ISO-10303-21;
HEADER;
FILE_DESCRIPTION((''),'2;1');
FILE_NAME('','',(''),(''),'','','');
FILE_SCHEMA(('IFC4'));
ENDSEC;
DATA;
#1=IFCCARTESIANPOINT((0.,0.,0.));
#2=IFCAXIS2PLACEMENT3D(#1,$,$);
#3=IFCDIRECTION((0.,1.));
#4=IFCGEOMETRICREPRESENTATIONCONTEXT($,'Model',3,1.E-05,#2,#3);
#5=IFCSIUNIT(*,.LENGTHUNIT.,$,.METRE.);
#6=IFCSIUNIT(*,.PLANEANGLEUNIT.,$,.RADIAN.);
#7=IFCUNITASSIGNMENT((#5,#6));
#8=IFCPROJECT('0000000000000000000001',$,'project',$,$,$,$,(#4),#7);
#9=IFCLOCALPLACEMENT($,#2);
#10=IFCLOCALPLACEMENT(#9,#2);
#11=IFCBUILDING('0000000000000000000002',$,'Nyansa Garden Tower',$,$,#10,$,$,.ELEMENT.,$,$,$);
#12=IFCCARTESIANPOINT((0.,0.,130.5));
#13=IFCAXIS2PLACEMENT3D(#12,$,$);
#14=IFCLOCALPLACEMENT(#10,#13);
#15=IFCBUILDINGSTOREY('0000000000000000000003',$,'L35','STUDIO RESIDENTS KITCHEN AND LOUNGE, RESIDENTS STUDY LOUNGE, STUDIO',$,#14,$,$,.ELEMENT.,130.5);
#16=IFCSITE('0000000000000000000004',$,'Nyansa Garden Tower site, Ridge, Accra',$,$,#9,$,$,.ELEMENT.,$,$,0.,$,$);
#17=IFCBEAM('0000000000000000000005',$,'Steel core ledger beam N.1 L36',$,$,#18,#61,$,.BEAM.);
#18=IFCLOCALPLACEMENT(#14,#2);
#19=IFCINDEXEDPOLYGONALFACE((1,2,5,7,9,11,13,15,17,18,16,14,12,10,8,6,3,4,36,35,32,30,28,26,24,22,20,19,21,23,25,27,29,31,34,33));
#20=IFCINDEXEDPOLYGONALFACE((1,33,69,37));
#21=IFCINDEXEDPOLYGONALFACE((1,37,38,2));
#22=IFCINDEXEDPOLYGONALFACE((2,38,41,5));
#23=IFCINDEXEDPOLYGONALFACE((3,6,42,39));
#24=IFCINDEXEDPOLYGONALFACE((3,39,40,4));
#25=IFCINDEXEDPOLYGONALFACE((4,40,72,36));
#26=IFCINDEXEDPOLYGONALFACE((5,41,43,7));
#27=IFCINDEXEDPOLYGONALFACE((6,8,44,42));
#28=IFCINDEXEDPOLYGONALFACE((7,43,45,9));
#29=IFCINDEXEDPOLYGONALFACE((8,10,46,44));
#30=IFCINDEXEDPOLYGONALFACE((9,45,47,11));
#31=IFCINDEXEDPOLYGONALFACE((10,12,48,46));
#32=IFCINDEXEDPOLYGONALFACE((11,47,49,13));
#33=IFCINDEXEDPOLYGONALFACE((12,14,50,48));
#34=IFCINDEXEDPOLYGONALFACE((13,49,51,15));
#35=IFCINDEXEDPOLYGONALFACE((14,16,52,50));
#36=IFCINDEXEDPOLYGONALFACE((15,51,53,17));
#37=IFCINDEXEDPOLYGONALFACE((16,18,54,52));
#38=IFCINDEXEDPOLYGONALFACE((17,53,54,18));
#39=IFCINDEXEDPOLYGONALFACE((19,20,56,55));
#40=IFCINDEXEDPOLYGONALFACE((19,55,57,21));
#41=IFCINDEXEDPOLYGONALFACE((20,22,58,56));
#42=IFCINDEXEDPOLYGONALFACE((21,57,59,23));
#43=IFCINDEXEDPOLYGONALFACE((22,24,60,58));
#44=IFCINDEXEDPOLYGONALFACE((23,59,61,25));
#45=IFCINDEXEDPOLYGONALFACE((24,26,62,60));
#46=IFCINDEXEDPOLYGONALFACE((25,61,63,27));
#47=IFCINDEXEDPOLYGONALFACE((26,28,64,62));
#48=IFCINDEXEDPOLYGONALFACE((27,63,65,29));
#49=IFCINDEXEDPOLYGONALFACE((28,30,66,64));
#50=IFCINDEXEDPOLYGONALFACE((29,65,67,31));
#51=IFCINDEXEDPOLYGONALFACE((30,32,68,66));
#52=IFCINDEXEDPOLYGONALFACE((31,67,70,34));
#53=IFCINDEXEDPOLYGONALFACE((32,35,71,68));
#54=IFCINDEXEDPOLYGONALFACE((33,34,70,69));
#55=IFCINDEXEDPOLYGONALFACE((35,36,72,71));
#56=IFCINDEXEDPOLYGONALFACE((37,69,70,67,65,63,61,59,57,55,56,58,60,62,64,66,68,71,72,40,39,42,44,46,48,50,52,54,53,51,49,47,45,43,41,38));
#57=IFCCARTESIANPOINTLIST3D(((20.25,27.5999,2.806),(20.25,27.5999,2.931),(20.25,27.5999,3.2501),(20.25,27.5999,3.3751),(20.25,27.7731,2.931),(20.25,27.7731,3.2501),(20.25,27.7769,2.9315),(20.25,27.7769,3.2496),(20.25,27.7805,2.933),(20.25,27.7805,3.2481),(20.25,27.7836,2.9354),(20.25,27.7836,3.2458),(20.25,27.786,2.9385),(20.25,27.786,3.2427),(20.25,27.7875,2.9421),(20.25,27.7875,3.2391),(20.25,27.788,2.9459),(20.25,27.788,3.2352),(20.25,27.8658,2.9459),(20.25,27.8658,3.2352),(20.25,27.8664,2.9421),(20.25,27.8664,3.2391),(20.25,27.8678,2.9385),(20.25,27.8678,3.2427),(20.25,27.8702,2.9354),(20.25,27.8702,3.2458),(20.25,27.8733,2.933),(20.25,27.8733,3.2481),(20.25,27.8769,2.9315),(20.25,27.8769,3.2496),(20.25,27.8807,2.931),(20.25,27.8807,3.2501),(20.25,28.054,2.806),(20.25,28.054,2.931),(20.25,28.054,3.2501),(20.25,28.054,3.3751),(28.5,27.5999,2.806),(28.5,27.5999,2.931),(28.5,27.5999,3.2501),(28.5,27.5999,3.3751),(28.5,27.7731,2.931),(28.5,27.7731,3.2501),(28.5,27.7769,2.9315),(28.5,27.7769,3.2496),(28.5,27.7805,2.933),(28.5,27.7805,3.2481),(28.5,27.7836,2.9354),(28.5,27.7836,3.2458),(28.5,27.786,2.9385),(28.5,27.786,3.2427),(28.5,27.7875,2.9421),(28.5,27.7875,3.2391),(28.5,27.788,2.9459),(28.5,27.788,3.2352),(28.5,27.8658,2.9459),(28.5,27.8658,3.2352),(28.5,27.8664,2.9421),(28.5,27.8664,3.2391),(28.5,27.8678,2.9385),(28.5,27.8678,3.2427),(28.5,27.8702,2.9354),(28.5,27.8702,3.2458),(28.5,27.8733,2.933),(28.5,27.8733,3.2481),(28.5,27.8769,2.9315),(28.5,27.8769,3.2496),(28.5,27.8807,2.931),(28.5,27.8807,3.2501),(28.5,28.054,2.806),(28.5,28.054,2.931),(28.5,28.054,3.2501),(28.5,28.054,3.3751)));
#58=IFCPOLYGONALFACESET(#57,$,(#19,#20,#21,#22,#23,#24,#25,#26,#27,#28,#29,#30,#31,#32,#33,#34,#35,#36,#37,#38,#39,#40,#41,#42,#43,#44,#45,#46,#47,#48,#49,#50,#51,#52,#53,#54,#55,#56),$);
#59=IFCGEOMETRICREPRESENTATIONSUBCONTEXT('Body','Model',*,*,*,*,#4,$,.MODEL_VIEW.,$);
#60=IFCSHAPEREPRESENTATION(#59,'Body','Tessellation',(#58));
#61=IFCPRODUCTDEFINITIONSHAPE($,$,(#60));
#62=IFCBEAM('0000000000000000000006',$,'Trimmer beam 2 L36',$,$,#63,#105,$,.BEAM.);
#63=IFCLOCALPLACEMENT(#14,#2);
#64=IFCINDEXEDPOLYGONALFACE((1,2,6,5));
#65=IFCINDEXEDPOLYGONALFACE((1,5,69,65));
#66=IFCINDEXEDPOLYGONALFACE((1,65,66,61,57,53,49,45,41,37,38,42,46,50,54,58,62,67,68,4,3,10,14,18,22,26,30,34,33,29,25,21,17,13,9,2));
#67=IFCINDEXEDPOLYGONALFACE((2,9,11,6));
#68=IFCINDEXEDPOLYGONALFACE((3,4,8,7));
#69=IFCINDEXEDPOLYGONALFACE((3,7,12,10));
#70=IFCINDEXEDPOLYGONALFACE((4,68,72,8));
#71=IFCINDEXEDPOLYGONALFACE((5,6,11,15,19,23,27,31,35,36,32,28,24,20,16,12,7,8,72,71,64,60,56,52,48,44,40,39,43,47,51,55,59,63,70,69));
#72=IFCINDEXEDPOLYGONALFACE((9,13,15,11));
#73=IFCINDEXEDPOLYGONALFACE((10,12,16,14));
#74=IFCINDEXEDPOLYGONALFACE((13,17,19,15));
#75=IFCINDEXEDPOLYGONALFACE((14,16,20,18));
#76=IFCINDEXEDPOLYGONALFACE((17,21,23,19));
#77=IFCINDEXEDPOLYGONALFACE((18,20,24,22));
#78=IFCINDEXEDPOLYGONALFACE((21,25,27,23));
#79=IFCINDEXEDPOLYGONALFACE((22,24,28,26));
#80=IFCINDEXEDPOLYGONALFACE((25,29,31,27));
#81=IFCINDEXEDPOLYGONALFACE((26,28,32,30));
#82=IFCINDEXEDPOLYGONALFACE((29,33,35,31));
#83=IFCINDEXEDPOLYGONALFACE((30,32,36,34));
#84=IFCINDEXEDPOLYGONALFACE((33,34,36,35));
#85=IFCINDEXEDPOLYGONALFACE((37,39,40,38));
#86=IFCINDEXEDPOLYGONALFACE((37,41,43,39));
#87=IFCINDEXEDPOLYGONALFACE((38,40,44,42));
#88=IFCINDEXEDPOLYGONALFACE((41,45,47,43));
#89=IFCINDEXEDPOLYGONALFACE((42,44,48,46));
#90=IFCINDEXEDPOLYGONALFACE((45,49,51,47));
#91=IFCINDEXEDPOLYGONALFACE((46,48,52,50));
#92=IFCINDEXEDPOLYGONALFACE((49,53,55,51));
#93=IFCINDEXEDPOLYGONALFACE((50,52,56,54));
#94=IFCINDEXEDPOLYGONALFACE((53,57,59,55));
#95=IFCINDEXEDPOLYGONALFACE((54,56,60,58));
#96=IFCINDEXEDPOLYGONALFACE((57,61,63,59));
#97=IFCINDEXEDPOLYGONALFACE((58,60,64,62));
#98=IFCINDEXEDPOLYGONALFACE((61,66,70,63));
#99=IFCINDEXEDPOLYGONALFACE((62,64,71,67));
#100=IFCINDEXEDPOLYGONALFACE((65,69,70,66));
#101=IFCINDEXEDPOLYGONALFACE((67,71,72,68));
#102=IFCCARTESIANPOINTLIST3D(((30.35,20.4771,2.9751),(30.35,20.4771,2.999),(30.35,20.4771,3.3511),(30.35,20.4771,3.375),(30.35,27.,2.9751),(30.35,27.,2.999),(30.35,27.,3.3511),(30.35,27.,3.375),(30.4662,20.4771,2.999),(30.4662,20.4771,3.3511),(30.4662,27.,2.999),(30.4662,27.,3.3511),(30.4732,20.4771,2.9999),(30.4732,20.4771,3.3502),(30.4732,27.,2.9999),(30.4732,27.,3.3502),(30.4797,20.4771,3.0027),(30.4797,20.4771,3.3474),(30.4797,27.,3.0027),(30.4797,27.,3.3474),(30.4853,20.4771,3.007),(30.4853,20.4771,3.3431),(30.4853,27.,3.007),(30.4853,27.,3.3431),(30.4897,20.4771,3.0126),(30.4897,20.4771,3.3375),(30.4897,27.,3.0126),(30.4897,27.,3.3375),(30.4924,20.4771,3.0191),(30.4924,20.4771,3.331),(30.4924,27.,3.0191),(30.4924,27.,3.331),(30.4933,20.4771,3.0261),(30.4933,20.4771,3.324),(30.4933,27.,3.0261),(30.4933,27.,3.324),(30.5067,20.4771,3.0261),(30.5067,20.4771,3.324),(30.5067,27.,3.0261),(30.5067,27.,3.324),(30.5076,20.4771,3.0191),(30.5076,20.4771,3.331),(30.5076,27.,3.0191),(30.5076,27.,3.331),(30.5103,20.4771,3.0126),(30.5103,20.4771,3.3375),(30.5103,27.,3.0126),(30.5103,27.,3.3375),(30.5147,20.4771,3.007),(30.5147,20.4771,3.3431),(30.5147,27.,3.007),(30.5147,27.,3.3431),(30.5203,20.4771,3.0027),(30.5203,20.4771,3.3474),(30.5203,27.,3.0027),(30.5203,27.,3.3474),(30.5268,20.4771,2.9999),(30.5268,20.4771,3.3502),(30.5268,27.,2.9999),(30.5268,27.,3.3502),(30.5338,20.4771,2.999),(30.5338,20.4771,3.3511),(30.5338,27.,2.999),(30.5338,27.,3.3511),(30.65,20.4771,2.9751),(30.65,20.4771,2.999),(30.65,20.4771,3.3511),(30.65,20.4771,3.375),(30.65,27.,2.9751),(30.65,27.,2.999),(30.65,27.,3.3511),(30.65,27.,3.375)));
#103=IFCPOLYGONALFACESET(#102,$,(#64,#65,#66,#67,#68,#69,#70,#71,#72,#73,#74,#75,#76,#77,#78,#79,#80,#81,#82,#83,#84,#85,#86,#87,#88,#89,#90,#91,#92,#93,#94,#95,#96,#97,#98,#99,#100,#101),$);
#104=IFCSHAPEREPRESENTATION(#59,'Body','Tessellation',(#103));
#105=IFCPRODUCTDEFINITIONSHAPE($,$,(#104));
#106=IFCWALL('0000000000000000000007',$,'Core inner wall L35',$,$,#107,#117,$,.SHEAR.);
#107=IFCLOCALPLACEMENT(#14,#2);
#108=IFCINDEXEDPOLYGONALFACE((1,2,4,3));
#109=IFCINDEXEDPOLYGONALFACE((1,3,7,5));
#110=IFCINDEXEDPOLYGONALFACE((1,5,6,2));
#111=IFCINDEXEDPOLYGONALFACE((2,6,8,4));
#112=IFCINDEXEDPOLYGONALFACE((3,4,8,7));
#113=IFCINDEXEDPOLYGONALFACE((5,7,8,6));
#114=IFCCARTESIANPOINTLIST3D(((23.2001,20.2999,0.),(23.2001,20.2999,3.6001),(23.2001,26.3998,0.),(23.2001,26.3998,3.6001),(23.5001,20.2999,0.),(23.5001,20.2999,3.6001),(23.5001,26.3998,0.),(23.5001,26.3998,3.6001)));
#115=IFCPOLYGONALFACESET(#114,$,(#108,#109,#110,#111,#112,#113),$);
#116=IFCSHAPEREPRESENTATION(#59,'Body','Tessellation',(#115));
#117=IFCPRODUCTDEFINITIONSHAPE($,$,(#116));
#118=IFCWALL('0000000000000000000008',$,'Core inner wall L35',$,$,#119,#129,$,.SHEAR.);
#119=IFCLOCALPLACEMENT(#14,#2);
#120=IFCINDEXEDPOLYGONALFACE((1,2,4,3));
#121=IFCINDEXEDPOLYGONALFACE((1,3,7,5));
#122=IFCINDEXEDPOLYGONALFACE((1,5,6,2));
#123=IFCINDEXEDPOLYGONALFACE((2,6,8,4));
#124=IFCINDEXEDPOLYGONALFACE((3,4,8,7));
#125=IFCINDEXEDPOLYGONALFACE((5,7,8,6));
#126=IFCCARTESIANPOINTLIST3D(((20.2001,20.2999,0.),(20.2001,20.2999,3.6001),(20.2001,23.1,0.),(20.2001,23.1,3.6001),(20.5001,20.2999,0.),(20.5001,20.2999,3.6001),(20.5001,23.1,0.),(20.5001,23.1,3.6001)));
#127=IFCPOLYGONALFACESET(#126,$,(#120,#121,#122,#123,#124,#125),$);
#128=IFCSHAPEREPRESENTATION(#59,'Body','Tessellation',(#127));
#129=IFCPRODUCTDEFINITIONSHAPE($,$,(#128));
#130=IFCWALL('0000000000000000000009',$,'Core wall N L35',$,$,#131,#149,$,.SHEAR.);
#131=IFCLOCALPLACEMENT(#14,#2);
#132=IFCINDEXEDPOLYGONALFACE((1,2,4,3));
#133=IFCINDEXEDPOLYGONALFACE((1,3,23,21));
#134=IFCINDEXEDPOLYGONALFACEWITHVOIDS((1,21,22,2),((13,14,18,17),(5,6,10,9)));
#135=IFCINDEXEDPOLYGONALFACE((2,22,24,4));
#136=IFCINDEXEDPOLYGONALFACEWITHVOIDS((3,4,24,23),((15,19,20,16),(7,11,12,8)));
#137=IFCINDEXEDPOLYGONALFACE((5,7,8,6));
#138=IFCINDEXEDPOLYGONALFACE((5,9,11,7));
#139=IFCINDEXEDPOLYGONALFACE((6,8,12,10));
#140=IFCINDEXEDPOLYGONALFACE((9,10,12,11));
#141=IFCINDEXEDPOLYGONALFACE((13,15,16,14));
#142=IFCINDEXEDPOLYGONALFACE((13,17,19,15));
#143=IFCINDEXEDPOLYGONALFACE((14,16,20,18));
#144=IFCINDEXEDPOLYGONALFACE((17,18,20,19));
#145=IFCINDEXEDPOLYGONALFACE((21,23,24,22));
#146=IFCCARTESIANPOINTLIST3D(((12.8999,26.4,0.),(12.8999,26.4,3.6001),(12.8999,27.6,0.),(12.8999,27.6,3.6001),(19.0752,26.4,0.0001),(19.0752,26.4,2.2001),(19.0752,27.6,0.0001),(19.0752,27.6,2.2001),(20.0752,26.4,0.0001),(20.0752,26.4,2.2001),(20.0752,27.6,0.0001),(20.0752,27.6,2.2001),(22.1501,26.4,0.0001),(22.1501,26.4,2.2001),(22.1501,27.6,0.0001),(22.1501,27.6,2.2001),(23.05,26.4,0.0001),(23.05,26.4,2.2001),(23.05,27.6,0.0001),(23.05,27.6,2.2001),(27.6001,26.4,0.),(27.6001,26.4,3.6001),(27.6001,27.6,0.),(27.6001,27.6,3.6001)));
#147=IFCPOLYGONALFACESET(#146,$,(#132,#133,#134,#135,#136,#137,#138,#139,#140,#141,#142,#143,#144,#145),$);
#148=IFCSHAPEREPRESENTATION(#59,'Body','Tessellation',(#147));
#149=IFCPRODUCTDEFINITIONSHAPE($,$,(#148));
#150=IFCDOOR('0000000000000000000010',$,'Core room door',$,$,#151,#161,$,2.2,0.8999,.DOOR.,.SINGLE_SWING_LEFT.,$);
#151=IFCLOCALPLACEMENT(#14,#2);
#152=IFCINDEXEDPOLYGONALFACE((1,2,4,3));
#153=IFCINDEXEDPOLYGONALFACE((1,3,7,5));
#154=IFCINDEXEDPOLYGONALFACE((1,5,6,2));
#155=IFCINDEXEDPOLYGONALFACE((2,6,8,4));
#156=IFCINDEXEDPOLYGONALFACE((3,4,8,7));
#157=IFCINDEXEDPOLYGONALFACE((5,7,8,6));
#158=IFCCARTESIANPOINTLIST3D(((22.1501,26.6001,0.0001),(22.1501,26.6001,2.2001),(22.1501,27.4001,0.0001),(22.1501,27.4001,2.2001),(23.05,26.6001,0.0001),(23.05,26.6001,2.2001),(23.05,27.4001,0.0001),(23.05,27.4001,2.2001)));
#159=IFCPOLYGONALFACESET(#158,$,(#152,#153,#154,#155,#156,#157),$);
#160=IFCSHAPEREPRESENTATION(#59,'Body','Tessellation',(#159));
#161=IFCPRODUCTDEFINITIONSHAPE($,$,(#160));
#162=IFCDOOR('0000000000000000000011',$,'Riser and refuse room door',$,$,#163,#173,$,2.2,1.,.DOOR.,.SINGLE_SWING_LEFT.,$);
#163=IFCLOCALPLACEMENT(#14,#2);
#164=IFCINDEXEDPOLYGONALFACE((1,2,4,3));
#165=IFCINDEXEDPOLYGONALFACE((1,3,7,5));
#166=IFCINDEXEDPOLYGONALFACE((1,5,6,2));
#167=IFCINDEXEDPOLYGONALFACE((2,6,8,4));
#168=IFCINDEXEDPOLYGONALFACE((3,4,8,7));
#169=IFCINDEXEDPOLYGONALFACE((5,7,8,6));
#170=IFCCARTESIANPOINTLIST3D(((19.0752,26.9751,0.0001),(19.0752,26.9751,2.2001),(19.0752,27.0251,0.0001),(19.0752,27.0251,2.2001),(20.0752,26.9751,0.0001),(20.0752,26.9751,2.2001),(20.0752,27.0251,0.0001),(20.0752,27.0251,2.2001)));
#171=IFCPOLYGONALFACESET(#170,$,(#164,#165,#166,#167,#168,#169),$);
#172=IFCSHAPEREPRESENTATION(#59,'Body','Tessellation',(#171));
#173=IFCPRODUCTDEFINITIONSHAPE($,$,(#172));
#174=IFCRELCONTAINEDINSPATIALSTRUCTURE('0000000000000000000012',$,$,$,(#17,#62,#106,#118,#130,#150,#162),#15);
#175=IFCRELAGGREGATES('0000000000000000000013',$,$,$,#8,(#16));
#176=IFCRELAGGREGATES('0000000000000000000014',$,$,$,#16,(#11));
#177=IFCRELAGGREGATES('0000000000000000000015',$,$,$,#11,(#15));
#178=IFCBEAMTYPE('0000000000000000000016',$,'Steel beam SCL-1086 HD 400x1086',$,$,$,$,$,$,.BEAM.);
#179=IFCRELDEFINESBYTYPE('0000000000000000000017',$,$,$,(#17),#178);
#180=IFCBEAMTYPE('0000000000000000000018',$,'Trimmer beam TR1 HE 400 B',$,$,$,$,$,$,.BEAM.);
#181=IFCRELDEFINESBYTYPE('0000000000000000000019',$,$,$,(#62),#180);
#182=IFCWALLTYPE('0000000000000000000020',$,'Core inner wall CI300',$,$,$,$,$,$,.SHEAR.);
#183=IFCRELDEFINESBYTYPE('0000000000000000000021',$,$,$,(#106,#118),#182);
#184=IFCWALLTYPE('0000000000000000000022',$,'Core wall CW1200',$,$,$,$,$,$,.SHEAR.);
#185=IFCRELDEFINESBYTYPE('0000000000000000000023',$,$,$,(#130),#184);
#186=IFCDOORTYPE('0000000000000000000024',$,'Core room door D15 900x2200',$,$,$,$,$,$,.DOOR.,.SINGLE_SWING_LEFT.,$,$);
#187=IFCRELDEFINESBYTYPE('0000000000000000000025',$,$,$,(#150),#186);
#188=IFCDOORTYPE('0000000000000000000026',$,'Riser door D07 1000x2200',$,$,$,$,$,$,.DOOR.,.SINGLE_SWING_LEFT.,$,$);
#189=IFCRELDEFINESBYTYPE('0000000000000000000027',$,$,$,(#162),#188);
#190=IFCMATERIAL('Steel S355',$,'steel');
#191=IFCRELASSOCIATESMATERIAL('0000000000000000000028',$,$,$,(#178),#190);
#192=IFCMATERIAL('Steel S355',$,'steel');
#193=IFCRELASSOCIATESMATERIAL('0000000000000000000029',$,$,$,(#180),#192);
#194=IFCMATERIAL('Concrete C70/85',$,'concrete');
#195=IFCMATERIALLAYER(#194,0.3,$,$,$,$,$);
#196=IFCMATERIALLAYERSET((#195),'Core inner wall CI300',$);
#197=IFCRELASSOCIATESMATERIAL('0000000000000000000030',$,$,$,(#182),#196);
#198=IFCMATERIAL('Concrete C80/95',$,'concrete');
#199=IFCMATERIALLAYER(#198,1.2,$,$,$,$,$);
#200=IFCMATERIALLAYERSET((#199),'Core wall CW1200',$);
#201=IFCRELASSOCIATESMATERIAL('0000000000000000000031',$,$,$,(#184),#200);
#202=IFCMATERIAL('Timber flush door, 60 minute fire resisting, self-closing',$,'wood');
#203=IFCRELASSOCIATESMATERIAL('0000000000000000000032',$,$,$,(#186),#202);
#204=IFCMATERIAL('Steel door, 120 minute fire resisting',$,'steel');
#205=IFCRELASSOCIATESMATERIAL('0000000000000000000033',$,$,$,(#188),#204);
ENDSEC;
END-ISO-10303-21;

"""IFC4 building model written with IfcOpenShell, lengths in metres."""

from ifc_helpers import new_model, si_unit, direction, frame, frame_2d, origin, origin_2d, place, context, subcontext, project, spatial, rectangle, i_section, extrude, material, layer, layer_set, material_profile, profile_set, type_object, element, fill, save


model = new_model("IFC4")

# Units and contexts
model_context = context("Model", 3, precision=1e-05, world=origin(), true_north=direction((0.0, 1.0)))
body_context = subcontext(model_context, "Body", "Model", "MODEL_VIEW")
ifc_project = project(units=[si_unit("LENGTHUNIT", "METRE"), si_unit("PLANEANGLEUNIT", "RADIAN")], contexts=[model_context])

# Site, building, storey
site_placement = place(None, origin())
site = spatial("IfcSite", under=ifc_project, at=site_placement, Name="Nyansa Garden Tower site, Ridge, Accra", CompositionType="ELEMENT", RefElevation=0.0)
building_placement = place(site_placement, origin())
building = spatial("IfcBuilding", under=site, at=building_placement, Name="Nyansa Garden Tower", CompositionType="ELEMENT")
storey_placement = place(building_placement, frame((0.0, 0.0, 130.5)))
storey = spatial("IfcBuildingStorey", under=building, at=storey_placement, Name="L35", Description="STUDIO RESIDENTS KITCHEN AND LOUNGE, RESIDENTS STUDY LOUNGE, STUDIO", CompositionType="ELEMENT", Elevation=130.5)

# Beams
ifc_material_1 = material(Name="Steel S355", Category="steel")
ifc_material_profile_1 = material_profile(ifc_material_1, i_section(OverallWidth=0.4541, OverallDepth=0.5691, WebThickness=0.0779, FlangeThickness=0.125, FilletRadius=0.0149, at=origin_2d()), Name="HD 400x1086")
ifc_profile_set_1 = profile_set([ifc_material_profile_1], Name="Steel S355")
beam_type_1 = type_object("IfcBeamType", Name="Steel beam SCL-1086 HD 400x1086", PredefinedType="BEAM", material=ifc_profile_set_1)
beam_1_placement = place(storey_placement, frame((28.5, 27.8269, 3.0906), z_axis=(-1.0, 0.0, 0.0), x_axis=(0.0, -1.0, 0.0)))
element("IfcBeam", 1, at=beam_1_placement, inside=storey, type_object=beam_type_1, Name="Steel core ledger beam N.1 L36", PredefinedType="BEAM", context=body_context, shape_type="SweptSolid", body=[
    extrude(i_section(OverallWidth=0.4541, OverallDepth=0.5691, WebThickness=0.0779, FlangeThickness=0.125, FilletRadius=0.0149, at=origin_2d()), origin(), (0.0, 0.0, 1.0), 8.25),
])
ifc_material_2 = material(Name="Steel S355", Category="steel")
ifc_material_profile_2 = material_profile(ifc_material_2, i_section(OverallWidth=0.3, OverallDepth=0.3999, WebThickness=0.0134, FlangeThickness=0.0239, FilletRadius=0.0271, at=origin_2d()), Name="HE 400 B")
ifc_profile_set_2 = profile_set([ifc_material_profile_2], Name="Steel S355")
beam_type_2 = type_object("IfcBeamType", Name="Trimmer beam TR1 HE 400 B", PredefinedType="BEAM", material=ifc_profile_set_2)
beam_2_placement = place(storey_placement, frame((30.5, 20.4771, 3.175), z_axis=(0.0, 1.0, 0.0), x_axis=(-1.0, 0.0, 0.0)))
element("IfcBeam", 2, at=beam_2_placement, inside=storey, type_object=beam_type_2, Name="Trimmer beam 2 L36", PredefinedType="BEAM", context=body_context, shape_type="SweptSolid", body=[
    extrude(i_section(OverallWidth=0.3, OverallDepth=0.3999, WebThickness=0.0134, FlangeThickness=0.0239, FilletRadius=0.0271, at=origin_2d()), origin(), (0.0, 0.0, 1.0), 6.5229),
])

# Walls
ifc_material_3 = material(Name="Concrete C70/85", Category="concrete")
ifc_layer_1 = layer(ifc_material_3, 0.3)
ifc_layer_set_1 = layer_set([ifc_layer_1], Name="Core inner wall CI300")
wall_type_1 = type_object("IfcWallType", Name="Core inner wall CI300", PredefinedType="SHEAR", material=ifc_layer_set_1)
wall_1_placement = place(storey_placement, frame((23.3501, 20.3, 0.0), z_axis=(0.0, 0.0, 1.0), x_axis=(0.0, 1.0, 0.0)))
element("IfcWall", 3, at=wall_1_placement, inside=storey, type_object=wall_type_1, Name="Core inner wall L35", PredefinedType="SHEAR", context=body_context, shape_type="SweptSolid", body=[
    extrude(rectangle(XDim=6.0999, YDim=0.3, at=frame_2d((3.0498, 0.0))), origin(), (0.0, 0.0, 1.0), 3.6001),
])
wall_2_placement = place(storey_placement, frame((20.3501, 20.3, 0.0), z_axis=(0.0, 0.0, 1.0), x_axis=(0.0, 1.0, 0.0)))
element("IfcWall", 4, at=wall_2_placement, inside=storey, type_object=wall_type_1, Name="Core inner wall L35", PredefinedType="SHEAR", context=body_context, shape_type="SweptSolid", body=[
    extrude(rectangle(XDim=2.8, YDim=0.3, at=frame_2d((1.3999, 0.0))), origin(), (0.0, 0.0, 1.0), 3.6001),
])

# Wall, openings, doors
ifc_material_4 = material(Name="Concrete C80/95", Category="concrete")
ifc_layer_2 = layer(ifc_material_4, 1.2)
ifc_layer_set_2 = layer_set([ifc_layer_2], Name="Core wall CW1200")
wall_type_2 = type_object("IfcWallType", Name="Core wall CW1200", PredefinedType="SHEAR", material=ifc_layer_set_2)
wall_3_placement = place(storey_placement, frame((27.6001, 27.0, 0.0), z_axis=(0.0, 0.0, 1.0), x_axis=(-1.0, 0.0, 0.0)))
wall_3 = element("IfcWall", 5, at=wall_3_placement, inside=storey, type_object=wall_type_2, Name="Core wall N L35", PredefinedType="SHEAR", context=body_context, shape_type="SweptSolid", body=[
    extrude(rectangle(XDim=14.7002, YDim=1.2, at=frame_2d((7.3501, 0.0))), origin(), (0.0, 0.0, 1.0), 3.6001),
])
opening_1_placement = place(wall_3_placement, frame((4.55, 0.0, 0.0)))
opening_1 = element("IfcOpeningElement", 6, at=opening_1_placement, cuts=wall_3, PredefinedType="OPENING", context=body_context, shape_type="SweptSolid", body=[
    extrude(rectangle(XDim=0.8999, YDim=2.2, at=frame_2d((0.45, 1.1001))), frame((0.0, 0.6099, 0.0), z_axis=(0.0, -1.0, 0.0), x_axis=(1.0, 0.0, 0.0)), (0.0, 0.0, 1.0), 1.22),
])
opening_2_placement = place(wall_3_placement, frame((7.5249, 0.0, 0.0)))
opening_2 = element("IfcOpeningElement", 7, at=opening_2_placement, cuts=wall_3, PredefinedType="OPENING", context=body_context, shape_type="SweptSolid", body=[
    extrude(rectangle(XDim=1.0, YDim=2.2, at=frame_2d((0.5, 1.1001))), frame((0.0, 0.6099, 0.0), z_axis=(0.0, -1.0, 0.0), x_axis=(1.0, 0.0, 0.0)), (0.0, 0.0, 1.0), 1.22),
])
ifc_material_5 = material(Name="Timber flush door, 60 minute fire resisting, self-closing", Category="wood")
door_type_1 = type_object("IfcDoorType", Name="Core room door D15 900x2200", OperationType="SINGLE_SWING_LEFT", PredefinedType="DOOR", material=ifc_material_5)
door_1_placement = place(opening_1_placement, origin())
door_1 = element("IfcDoor", 8, at=door_1_placement, inside=storey, type_object=door_type_1, Name="Core room door", OperationType="SINGLE_SWING_LEFT", OverallHeight=2.2, OverallWidth=0.8999, PredefinedType="DOOR", context=body_context, shape_type="SweptSolid", body=[
    extrude(rectangle(XDim=0.8999, YDim=2.2, at=frame_2d((0.45, 1.1001))), frame((0.0, 0.3999, 0.0), z_axis=(0.0, -1.0, 0.0), x_axis=(1.0, 0.0, 0.0)), (0.0, 0.0, 1.0), 0.8),
])
fill(opening_1, door_1)
ifc_material_6 = material(Name="Steel door, 120 minute fire resisting", Category="steel")
door_type_2 = type_object("IfcDoorType", Name="Riser door D07 1000x2200", OperationType="SINGLE_SWING_LEFT", PredefinedType="DOOR", material=ifc_material_6)
door_2_placement = place(opening_2_placement, origin())
door_2 = element("IfcDoor", 9, at=door_2_placement, inside=storey, type_object=door_type_2, Name="Riser and refuse room door", OperationType="SINGLE_SWING_LEFT", OverallHeight=2.2, OverallWidth=1.0, PredefinedType="DOOR", context=body_context, shape_type="SweptSolid", body=[
    extrude(rectangle(XDim=1.0, YDim=2.2, at=frame_2d((0.5, 1.1001))), frame((0.0, 0.0249, 0.0), z_axis=(0.0, -1.0, 0.0), x_axis=(1.0, 0.0, 0.0)), (0.0, 0.0, 1.0), 0.05),
])
fill(opening_2, door_2)

save(model, "model.ifc")
